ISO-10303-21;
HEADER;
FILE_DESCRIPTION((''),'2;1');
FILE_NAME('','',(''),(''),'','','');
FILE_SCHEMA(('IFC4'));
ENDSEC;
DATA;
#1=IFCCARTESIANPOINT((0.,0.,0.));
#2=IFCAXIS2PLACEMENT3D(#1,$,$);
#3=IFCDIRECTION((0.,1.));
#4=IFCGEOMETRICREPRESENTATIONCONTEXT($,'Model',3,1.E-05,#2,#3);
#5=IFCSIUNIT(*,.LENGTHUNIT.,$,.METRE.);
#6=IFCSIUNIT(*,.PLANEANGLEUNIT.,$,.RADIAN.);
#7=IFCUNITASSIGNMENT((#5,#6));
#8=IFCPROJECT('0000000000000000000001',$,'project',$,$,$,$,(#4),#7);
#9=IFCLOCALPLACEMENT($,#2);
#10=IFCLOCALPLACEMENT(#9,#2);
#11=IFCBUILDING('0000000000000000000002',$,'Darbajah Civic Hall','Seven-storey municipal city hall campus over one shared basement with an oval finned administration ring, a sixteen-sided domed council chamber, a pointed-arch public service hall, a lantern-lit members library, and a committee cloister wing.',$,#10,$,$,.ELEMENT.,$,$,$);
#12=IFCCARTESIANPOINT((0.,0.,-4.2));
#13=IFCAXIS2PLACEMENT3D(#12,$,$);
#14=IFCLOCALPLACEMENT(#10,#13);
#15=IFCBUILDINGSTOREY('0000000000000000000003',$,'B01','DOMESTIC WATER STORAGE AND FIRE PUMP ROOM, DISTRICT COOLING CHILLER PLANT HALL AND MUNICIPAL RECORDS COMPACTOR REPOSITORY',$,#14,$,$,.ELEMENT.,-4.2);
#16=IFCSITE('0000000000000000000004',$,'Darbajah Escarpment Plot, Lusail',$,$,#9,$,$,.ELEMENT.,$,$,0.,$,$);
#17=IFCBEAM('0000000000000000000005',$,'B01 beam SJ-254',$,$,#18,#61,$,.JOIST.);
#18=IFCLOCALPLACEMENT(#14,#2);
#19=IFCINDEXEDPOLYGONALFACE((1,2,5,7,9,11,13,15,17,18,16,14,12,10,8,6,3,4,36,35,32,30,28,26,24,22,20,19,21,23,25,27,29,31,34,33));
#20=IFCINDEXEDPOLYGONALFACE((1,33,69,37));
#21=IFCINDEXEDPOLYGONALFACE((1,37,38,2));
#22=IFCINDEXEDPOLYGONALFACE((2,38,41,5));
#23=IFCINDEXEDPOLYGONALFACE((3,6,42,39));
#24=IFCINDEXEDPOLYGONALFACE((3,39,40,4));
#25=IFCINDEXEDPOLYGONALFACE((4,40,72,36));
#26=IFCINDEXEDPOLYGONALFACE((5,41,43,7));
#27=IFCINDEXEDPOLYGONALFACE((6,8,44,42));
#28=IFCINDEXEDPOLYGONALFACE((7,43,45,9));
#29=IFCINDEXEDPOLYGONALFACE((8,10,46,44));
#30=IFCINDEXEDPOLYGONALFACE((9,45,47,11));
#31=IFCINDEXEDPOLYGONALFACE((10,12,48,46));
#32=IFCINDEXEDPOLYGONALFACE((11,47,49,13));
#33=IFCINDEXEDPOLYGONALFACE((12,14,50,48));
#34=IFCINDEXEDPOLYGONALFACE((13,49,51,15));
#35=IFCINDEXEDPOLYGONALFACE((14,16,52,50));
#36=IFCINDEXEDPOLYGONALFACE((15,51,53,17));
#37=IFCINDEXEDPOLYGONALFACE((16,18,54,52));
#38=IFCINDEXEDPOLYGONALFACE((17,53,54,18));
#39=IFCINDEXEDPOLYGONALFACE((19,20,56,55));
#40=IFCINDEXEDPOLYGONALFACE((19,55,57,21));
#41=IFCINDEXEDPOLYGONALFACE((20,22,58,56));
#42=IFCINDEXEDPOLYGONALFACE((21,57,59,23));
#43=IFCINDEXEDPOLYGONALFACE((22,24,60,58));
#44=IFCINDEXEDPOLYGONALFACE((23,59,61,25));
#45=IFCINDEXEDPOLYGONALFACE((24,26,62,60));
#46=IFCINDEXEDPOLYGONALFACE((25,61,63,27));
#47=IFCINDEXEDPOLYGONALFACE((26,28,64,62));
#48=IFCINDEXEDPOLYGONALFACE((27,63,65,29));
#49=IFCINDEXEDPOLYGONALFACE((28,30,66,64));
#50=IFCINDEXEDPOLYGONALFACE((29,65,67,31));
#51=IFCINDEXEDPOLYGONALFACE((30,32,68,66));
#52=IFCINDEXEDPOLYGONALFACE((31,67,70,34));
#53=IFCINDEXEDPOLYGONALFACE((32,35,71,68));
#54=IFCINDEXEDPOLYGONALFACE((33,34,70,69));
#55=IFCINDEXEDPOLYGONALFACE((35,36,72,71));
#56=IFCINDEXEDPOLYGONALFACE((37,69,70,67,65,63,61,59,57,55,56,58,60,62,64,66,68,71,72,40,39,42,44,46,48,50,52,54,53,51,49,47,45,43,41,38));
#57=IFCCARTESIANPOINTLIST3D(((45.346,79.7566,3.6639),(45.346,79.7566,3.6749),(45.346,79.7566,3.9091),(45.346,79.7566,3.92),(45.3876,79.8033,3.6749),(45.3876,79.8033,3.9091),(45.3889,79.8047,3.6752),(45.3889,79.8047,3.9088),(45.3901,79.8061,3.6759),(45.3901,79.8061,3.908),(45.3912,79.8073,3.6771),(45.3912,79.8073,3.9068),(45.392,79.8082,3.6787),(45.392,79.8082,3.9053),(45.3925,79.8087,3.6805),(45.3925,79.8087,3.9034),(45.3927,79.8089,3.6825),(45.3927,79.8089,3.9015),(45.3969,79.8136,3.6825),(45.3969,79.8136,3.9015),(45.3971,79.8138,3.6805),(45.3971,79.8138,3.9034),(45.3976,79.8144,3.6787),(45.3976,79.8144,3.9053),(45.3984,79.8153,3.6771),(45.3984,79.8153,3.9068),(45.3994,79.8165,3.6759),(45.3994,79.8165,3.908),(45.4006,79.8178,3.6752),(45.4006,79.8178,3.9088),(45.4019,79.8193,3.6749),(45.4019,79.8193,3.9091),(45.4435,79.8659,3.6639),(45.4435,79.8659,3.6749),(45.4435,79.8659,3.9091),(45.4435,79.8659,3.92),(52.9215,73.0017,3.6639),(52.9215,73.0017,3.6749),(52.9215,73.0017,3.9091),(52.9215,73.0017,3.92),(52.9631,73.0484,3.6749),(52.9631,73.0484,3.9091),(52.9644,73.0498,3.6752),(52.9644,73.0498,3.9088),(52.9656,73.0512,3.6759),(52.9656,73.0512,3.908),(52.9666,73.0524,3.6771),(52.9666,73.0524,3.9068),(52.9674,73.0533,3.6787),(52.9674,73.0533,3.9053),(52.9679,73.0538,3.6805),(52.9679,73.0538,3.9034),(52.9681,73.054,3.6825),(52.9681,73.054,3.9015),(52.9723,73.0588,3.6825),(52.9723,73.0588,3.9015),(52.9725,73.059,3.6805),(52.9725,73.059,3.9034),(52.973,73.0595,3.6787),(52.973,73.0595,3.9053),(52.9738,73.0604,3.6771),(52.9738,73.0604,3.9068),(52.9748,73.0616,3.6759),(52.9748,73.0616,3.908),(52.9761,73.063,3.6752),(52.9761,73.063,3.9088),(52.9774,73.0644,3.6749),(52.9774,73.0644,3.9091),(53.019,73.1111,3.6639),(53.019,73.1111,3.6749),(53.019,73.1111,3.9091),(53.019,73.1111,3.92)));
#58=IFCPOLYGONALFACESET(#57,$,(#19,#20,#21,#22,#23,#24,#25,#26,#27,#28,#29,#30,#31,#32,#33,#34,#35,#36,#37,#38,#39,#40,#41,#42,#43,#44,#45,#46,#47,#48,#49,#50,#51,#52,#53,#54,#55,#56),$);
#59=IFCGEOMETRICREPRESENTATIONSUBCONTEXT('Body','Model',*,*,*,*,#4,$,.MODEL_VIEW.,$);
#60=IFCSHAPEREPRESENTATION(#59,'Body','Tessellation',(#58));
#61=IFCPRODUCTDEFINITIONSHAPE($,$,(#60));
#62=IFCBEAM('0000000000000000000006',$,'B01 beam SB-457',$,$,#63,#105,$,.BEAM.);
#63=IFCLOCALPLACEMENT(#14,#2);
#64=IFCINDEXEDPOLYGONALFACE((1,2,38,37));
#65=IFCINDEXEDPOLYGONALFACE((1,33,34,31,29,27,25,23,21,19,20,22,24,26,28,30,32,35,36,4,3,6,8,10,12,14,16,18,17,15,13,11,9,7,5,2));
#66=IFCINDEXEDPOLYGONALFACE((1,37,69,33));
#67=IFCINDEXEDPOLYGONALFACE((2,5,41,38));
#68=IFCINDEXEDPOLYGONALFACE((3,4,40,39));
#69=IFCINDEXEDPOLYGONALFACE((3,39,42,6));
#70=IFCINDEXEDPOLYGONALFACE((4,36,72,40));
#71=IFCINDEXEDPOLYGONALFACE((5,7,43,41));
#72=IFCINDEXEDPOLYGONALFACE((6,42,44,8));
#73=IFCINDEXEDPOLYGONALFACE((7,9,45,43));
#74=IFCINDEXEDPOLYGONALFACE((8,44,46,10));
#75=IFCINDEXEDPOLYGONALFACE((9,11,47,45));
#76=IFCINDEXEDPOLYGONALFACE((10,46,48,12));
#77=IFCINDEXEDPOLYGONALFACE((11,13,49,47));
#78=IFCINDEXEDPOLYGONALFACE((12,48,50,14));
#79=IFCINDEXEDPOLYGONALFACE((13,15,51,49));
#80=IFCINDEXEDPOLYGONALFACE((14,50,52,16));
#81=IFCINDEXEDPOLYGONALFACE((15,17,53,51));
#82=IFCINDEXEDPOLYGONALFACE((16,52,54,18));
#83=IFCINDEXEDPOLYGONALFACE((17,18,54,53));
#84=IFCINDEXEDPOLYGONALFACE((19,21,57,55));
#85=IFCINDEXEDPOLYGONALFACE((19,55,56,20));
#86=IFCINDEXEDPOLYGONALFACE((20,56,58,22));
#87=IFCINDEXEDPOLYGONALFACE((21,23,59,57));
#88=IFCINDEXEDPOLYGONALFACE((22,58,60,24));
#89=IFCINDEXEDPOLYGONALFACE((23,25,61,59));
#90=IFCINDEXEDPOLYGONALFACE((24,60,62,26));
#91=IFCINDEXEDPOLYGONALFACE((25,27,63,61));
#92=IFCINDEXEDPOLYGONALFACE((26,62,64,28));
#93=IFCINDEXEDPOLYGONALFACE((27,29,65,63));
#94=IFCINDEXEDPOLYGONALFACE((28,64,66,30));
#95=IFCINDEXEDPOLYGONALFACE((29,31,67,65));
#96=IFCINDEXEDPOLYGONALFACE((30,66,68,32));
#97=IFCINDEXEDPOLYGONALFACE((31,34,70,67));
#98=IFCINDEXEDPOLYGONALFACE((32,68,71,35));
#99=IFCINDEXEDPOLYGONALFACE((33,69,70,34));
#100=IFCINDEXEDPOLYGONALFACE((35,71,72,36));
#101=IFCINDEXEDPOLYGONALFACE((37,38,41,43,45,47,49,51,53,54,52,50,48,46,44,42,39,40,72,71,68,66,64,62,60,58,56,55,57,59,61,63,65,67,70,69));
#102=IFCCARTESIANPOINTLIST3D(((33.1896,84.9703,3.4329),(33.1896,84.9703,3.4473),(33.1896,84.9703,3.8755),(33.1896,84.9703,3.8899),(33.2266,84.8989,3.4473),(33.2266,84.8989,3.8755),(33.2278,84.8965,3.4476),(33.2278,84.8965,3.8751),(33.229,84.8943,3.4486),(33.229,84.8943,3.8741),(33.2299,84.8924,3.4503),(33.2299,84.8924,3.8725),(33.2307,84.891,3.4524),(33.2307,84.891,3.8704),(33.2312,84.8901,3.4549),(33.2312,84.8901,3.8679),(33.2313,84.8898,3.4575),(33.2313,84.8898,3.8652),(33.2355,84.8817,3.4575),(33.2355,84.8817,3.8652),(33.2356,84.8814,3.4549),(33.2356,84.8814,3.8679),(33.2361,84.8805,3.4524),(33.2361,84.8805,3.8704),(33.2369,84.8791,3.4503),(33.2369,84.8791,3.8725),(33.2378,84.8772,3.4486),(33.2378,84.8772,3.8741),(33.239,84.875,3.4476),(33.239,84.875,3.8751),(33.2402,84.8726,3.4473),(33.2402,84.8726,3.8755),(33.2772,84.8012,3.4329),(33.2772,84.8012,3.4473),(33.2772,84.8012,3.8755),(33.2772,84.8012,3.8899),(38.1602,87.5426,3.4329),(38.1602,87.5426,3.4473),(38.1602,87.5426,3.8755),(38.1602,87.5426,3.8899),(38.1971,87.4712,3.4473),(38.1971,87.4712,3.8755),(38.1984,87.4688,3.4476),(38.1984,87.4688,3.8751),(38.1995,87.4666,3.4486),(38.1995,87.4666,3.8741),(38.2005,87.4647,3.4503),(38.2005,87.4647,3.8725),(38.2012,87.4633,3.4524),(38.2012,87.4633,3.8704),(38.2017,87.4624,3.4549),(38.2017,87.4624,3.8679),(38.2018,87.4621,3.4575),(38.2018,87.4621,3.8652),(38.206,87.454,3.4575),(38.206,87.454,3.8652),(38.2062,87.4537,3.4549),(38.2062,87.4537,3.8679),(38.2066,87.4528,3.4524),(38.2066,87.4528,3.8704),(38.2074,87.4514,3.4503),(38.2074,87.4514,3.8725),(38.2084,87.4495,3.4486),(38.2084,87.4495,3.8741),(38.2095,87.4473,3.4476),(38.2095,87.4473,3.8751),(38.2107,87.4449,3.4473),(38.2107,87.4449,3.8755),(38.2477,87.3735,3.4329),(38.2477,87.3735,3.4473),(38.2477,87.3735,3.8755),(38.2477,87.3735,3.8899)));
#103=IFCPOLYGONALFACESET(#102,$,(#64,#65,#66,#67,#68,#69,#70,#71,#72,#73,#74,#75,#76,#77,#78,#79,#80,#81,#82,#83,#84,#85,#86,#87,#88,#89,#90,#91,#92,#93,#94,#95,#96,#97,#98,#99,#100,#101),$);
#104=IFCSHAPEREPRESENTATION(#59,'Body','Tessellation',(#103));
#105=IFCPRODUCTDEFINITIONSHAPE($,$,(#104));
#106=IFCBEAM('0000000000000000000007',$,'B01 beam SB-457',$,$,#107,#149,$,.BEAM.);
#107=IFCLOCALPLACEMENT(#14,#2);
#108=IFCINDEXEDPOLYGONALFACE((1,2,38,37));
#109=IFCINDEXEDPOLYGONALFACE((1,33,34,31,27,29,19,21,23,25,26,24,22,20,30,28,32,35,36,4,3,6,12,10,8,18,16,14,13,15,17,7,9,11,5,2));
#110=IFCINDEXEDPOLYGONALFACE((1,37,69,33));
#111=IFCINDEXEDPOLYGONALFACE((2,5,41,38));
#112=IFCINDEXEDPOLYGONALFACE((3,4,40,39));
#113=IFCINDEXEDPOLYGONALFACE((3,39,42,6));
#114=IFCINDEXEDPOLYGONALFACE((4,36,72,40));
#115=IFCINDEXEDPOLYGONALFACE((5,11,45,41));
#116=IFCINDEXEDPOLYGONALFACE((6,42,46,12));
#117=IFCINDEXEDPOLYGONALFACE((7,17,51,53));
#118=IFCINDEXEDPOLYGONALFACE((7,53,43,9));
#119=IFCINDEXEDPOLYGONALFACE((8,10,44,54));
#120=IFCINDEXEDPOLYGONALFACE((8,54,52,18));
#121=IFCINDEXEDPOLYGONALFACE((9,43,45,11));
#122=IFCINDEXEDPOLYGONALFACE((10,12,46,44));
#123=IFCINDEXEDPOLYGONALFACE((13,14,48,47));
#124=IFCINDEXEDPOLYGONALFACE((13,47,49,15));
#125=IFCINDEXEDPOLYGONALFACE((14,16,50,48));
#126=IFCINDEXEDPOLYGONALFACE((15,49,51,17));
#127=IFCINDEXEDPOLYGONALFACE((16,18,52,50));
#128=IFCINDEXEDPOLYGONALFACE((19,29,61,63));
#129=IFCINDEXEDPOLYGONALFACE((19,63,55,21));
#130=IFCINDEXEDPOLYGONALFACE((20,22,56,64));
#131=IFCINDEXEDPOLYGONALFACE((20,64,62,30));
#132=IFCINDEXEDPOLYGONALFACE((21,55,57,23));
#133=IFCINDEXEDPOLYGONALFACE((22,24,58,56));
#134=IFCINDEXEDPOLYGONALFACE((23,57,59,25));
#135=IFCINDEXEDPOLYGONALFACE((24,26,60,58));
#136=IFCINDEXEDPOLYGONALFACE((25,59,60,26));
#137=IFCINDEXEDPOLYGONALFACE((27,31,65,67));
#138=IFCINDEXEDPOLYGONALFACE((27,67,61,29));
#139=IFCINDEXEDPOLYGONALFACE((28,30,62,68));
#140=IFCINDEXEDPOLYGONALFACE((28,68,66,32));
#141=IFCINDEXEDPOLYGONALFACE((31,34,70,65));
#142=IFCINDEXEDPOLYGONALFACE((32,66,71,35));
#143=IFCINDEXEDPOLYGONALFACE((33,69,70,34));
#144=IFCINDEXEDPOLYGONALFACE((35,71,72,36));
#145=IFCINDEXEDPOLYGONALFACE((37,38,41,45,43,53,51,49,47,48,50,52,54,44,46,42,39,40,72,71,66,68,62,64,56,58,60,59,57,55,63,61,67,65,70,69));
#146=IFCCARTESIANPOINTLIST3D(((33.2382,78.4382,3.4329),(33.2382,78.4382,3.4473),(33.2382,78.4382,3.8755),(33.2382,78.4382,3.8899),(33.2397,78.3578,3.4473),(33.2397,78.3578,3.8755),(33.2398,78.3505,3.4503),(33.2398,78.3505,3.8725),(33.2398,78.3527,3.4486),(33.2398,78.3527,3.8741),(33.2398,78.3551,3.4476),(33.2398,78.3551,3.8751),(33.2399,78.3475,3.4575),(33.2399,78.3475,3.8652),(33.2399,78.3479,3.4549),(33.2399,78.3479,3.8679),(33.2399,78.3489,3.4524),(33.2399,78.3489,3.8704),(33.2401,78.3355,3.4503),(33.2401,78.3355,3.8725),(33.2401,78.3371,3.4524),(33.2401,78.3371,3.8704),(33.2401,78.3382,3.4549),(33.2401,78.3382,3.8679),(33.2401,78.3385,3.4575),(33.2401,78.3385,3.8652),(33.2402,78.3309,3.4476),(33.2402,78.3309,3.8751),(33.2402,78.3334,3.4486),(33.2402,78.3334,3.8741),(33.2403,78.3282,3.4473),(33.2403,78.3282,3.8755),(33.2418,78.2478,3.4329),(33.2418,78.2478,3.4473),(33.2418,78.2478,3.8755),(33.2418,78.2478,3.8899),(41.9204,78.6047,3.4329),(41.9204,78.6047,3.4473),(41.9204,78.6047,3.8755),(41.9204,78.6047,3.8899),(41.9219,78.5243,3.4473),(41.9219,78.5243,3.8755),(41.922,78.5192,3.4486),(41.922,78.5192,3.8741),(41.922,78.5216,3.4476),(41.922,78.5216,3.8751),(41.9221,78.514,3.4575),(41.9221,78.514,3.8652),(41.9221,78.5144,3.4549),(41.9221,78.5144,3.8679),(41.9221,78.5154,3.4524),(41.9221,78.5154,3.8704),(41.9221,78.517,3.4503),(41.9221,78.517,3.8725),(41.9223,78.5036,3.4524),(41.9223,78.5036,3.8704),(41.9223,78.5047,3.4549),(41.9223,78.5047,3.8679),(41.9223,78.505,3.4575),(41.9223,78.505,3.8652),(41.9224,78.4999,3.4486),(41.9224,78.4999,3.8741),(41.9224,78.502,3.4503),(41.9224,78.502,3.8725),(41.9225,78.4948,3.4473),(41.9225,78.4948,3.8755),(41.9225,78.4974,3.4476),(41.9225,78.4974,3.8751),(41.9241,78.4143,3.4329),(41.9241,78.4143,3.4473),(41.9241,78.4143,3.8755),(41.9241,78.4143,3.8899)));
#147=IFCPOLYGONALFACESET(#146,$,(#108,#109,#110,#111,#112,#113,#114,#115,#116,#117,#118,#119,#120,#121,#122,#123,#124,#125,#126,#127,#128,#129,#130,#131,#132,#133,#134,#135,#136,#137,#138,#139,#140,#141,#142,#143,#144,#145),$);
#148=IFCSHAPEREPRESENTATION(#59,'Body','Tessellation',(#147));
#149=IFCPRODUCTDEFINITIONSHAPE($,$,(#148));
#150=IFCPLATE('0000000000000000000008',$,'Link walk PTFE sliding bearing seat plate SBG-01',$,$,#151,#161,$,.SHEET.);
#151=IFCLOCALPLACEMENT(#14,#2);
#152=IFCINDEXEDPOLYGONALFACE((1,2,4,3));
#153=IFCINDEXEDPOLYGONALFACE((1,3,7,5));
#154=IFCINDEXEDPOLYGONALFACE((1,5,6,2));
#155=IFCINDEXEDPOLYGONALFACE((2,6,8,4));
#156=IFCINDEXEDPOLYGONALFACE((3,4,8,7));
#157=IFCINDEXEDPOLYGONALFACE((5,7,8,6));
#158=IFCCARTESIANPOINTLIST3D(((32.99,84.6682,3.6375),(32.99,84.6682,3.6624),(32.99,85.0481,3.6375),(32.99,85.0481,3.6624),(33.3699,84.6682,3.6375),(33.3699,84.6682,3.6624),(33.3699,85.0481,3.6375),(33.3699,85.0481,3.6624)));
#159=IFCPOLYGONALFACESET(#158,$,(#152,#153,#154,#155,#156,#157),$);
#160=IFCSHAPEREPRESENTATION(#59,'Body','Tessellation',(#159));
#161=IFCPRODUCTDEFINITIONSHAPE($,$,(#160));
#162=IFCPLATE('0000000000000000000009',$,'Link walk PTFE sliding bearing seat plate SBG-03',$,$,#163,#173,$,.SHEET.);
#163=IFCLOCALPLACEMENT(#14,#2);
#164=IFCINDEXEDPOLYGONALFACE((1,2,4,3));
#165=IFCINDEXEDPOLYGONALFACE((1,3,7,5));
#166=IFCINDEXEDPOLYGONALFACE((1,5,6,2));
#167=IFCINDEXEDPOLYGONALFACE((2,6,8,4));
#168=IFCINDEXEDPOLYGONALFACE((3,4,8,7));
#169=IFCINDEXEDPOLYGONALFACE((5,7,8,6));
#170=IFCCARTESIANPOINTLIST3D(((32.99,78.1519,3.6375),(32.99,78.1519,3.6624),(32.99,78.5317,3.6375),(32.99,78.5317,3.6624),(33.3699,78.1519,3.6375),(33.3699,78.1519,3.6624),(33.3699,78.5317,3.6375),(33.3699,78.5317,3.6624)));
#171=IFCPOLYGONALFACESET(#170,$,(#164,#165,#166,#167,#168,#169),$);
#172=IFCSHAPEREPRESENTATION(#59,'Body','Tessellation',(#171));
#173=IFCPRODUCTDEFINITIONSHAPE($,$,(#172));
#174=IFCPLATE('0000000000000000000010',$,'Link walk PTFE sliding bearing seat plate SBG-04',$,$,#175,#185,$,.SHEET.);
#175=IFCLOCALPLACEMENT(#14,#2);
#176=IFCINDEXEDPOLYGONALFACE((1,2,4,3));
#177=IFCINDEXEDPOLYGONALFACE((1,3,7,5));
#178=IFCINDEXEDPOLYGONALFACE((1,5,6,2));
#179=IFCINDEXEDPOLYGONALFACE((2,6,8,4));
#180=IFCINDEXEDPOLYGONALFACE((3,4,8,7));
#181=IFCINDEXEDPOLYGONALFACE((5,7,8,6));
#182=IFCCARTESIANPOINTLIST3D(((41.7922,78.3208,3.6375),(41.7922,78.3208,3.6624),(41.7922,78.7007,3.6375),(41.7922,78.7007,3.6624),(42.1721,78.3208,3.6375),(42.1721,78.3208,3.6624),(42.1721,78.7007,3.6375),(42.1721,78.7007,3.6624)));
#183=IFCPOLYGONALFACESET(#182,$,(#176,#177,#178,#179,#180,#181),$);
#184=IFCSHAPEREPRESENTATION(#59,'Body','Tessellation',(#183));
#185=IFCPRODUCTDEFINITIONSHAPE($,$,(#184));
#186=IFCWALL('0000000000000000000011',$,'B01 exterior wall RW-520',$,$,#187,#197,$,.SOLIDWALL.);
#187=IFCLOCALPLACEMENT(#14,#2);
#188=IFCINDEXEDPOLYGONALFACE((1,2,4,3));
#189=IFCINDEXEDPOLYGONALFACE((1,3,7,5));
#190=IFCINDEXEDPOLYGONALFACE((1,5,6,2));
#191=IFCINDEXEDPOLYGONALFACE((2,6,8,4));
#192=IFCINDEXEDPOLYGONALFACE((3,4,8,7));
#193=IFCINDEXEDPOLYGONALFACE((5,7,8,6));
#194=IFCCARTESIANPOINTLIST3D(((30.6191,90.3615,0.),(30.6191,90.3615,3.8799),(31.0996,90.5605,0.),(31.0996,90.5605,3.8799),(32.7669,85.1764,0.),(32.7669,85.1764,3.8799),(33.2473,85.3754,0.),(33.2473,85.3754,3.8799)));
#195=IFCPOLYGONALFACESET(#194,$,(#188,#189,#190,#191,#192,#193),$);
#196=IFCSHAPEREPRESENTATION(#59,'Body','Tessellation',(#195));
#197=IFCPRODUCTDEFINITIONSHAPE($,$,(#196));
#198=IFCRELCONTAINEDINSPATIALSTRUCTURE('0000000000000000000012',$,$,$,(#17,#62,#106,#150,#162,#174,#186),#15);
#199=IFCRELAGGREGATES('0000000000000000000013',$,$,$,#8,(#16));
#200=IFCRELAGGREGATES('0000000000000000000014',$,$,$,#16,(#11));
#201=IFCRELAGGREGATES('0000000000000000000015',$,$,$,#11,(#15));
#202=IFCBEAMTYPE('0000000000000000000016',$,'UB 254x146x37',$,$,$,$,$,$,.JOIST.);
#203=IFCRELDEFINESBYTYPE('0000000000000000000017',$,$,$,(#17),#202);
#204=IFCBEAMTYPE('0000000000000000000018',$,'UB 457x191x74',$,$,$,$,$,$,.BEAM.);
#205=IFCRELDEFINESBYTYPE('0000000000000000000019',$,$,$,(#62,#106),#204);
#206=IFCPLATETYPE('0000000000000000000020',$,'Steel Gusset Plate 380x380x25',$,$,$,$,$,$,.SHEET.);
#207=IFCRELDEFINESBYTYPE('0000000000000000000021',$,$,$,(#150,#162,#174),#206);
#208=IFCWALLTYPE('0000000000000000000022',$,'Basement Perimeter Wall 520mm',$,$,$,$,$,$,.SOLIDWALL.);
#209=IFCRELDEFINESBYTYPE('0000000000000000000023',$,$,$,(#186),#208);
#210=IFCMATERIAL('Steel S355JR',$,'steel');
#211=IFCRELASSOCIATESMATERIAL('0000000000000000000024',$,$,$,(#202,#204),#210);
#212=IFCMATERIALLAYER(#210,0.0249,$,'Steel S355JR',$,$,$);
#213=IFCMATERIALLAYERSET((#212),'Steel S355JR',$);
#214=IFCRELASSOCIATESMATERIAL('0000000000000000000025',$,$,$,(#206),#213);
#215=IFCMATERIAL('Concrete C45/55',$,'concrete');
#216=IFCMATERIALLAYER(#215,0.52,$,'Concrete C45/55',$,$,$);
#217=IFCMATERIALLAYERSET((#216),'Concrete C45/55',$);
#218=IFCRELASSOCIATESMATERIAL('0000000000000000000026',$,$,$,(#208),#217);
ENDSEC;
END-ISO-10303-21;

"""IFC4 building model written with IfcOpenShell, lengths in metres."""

from ifc_helpers import new_model, si_unit, direction, frame, frame_2d, origin, origin_2d, place, context, subcontext, project, spatial, rectangle, i_section, extrude, material, layer, layer_set, material_profile, profile_set, type_object, element, save


model = new_model("IFC4")

# Units and contexts
model_context = context("Model", 3, precision=1e-05, world=origin(), true_north=direction((0.0, 1.0)))
body_context = subcontext(model_context, "Body", "Model", "MODEL_VIEW")
ifc_project = project(units=[si_unit("LENGTHUNIT", "METRE"), si_unit("PLANEANGLEUNIT", "RADIAN")], contexts=[model_context])

# Site, building, storey
site_placement = place(None, origin())
site = spatial("IfcSite", under=ifc_project, at=site_placement, Name="Darbajah Escarpment Plot, Lusail", CompositionType="ELEMENT", RefElevation=0.0)
building_placement = place(site_placement, origin())
building = spatial("IfcBuilding", under=site, at=building_placement, Name="Darbajah Civic Hall", Description="Seven-storey municipal city hall campus over one shared basement with an oval finned administration ring, a sixteen-sided domed council chamber, a pointed-arch public service hall, a lantern-lit members library, and a committee cloister wing.", CompositionType="ELEMENT")
storey_placement = place(building_placement, frame((0.0, 0.0, -4.2)))
storey = spatial("IfcBuildingStorey", under=building, at=storey_placement, Name="B01", Description="DOMESTIC WATER STORAGE AND FIRE PUMP ROOM, DISTRICT COOLING CHILLER PLANT HALL AND MUNICIPAL RECORDS COMPACTOR REPOSITORY", CompositionType="ELEMENT", Elevation=-4.2)

# Shared definitions
ifc_material_1 = material(Name="Concrete C45/55", Category="concrete")

# Beams
ifc_material_2 = material(Name="Steel S355JR", Category="steel")
ifc_material_profile_1 = material_profile(ifc_material_2, i_section(OverallWidth=0.1465, OverallDepth=0.2561, WebThickness=0.0063, FlangeThickness=0.011, FilletRadius=0.0076, at=origin_2d()), Name="UB 254x146x37")
ifc_profile_set_1 = profile_set([ifc_material_profile_1], Name="Steel S355JR")
beam_type_1 = type_object("IfcBeamType", Name="UB 254x146x37", PredefinedType="JOIST", material=ifc_profile_set_1)
beam_1_placement = place(storey_placement, frame((45.3948, 79.8113, 3.792), z_axis=(0.746373, -0.665528, 0.0), x_axis=(0.665528, 0.746373, 0.0)))
element("IfcBeam", 1, at=beam_1_placement, inside=storey, type_object=beam_type_1, Name="B01 beam SJ-254", PredefinedType="JOIST", context=body_context, shape_type="SweptSolid", body=[
    extrude(i_section(OverallWidth=0.1465, OverallDepth=0.2561, WebThickness=0.0063, FlangeThickness=0.011, FilletRadius=0.0076, at=origin_2d()), origin(), (0.0, 0.0, 1.0), 10.1497),
])
ifc_material_profile_2 = material_profile(ifc_material_2, i_section(OverallWidth=0.1904, OverallDepth=0.457, WebThickness=0.009, FlangeThickness=0.0144, FilletRadius=0.0103, at=origin_2d()), Name="UB 457x191x74")
ifc_profile_set_2 = profile_set([ifc_material_profile_2], Name="Steel S355JR")
beam_type_2 = type_object("IfcBeamType", Name="UB 457x191x74", PredefinedType="BEAM", material=ifc_profile_set_2)
beam_2_placement = place(storey_placement, frame((33.2334, 84.8857, 3.6614), z_axis=(0.88812, 0.459612, 0.0), x_axis=(-0.459612, 0.88812, 0.0)))
element("IfcBeam", 2, at=beam_2_placement, inside=storey, type_object=beam_type_2, Name="B01 beam SB-457", PredefinedType="BEAM", context=body_context, shape_type="SweptSolid", body=[
    extrude(i_section(OverallWidth=0.1904, OverallDepth=0.457, WebThickness=0.009, FlangeThickness=0.0144, FilletRadius=0.0103, at=origin_2d()), origin(), (0.0, 0.0, 1.0), 5.5967),
])
beam_3_placement = place(storey_placement, frame((33.24, 78.343, 3.6614), z_axis=(0.999816, 0.019174, 0.0), x_axis=(-0.019174, 0.999816, 0.0)))
element("IfcBeam", 3, at=beam_3_placement, inside=storey, type_object=beam_type_2, Name="B01 beam SB-457", PredefinedType="BEAM", context=body_context, shape_type="SweptSolid", body=[
    extrude(i_section(OverallWidth=0.1904, OverallDepth=0.457, WebThickness=0.009, FlangeThickness=0.0144, FilletRadius=0.0103, at=origin_2d()), origin(), (0.0, 0.0, 1.0), 8.6838),
])

# Plates
ifc_layer_1 = layer(ifc_material_2, 0.0249, Name="Steel S355JR")
ifc_layer_set_1 = layer_set([ifc_layer_1], Name="Steel S355JR")
plate_type = type_object("IfcPlateType", Name="Steel Gusset Plate 380x380x25", PredefinedType="SHEET", material=ifc_layer_set_1)
for number, where, z_axis, x_axis, name in (
    (4, (33.1799, 84.8582, 3.6375), (0.0, 0.0, 1.0), (1.0, 0.0, 0.0), "Link walk PTFE sliding bearing seat plate SBG-01"),
    (5, (33.1799, 78.3418, 3.6375), (0.0, 0.0, 1.0), (1.0, 0.0, 0.0), "Link walk PTFE sliding bearing seat plate SBG-03"),
    (6, (41.9822, 78.5107, 3.6375), (0.0, 0.0, 1.0), (1.0, 0.0, 0.0), "Link walk PTFE sliding bearing seat plate SBG-04"),
):
    element("IfcPlate", number, at=place(storey_placement, frame(where, z_axis=z_axis, x_axis=x_axis)), inside=storey, type_object=plate_type, Name=name, PredefinedType="SHEET", context=body_context, shape_type="SweptSolid", body=[
        extrude(rectangle(XDim=0.3799, YDim=0.3799, at=origin_2d()), origin(), (0.0, 0.0, 1.0), 0.0249),
    ])

# Wall
ifc_layer_2 = layer(ifc_material_1, 0.52, Name="Concrete C45/55")
ifc_layer_set_2 = layer_set([ifc_layer_2], Name="Concrete C45/55")
wall_type = type_object("IfcWallType", Name="Basement Perimeter Wall 520mm", PredefinedType="SOLIDWALL", material=ifc_layer_set_2)
wall_1_placement = place(storey_placement, frame((33.0071, 85.2759, 0.0), z_axis=(0.0, 0.0, 1.0), x_axis=(-0.382681, 0.923881, 0.0)))
element("IfcWall", 7, at=wall_1_placement, inside=storey, type_object=wall_type, Name="B01 exterior wall RW-520", PredefinedType="SOLIDWALL", context=body_context, shape_type="SweptSolid", body=[
    extrude(rectangle(XDim=5.6123, YDim=0.52, at=frame_2d((2.8062, 0.0))), origin(), (0.0, 0.0, 1.0), 3.8799),
])

save(model, "model.ifc")
